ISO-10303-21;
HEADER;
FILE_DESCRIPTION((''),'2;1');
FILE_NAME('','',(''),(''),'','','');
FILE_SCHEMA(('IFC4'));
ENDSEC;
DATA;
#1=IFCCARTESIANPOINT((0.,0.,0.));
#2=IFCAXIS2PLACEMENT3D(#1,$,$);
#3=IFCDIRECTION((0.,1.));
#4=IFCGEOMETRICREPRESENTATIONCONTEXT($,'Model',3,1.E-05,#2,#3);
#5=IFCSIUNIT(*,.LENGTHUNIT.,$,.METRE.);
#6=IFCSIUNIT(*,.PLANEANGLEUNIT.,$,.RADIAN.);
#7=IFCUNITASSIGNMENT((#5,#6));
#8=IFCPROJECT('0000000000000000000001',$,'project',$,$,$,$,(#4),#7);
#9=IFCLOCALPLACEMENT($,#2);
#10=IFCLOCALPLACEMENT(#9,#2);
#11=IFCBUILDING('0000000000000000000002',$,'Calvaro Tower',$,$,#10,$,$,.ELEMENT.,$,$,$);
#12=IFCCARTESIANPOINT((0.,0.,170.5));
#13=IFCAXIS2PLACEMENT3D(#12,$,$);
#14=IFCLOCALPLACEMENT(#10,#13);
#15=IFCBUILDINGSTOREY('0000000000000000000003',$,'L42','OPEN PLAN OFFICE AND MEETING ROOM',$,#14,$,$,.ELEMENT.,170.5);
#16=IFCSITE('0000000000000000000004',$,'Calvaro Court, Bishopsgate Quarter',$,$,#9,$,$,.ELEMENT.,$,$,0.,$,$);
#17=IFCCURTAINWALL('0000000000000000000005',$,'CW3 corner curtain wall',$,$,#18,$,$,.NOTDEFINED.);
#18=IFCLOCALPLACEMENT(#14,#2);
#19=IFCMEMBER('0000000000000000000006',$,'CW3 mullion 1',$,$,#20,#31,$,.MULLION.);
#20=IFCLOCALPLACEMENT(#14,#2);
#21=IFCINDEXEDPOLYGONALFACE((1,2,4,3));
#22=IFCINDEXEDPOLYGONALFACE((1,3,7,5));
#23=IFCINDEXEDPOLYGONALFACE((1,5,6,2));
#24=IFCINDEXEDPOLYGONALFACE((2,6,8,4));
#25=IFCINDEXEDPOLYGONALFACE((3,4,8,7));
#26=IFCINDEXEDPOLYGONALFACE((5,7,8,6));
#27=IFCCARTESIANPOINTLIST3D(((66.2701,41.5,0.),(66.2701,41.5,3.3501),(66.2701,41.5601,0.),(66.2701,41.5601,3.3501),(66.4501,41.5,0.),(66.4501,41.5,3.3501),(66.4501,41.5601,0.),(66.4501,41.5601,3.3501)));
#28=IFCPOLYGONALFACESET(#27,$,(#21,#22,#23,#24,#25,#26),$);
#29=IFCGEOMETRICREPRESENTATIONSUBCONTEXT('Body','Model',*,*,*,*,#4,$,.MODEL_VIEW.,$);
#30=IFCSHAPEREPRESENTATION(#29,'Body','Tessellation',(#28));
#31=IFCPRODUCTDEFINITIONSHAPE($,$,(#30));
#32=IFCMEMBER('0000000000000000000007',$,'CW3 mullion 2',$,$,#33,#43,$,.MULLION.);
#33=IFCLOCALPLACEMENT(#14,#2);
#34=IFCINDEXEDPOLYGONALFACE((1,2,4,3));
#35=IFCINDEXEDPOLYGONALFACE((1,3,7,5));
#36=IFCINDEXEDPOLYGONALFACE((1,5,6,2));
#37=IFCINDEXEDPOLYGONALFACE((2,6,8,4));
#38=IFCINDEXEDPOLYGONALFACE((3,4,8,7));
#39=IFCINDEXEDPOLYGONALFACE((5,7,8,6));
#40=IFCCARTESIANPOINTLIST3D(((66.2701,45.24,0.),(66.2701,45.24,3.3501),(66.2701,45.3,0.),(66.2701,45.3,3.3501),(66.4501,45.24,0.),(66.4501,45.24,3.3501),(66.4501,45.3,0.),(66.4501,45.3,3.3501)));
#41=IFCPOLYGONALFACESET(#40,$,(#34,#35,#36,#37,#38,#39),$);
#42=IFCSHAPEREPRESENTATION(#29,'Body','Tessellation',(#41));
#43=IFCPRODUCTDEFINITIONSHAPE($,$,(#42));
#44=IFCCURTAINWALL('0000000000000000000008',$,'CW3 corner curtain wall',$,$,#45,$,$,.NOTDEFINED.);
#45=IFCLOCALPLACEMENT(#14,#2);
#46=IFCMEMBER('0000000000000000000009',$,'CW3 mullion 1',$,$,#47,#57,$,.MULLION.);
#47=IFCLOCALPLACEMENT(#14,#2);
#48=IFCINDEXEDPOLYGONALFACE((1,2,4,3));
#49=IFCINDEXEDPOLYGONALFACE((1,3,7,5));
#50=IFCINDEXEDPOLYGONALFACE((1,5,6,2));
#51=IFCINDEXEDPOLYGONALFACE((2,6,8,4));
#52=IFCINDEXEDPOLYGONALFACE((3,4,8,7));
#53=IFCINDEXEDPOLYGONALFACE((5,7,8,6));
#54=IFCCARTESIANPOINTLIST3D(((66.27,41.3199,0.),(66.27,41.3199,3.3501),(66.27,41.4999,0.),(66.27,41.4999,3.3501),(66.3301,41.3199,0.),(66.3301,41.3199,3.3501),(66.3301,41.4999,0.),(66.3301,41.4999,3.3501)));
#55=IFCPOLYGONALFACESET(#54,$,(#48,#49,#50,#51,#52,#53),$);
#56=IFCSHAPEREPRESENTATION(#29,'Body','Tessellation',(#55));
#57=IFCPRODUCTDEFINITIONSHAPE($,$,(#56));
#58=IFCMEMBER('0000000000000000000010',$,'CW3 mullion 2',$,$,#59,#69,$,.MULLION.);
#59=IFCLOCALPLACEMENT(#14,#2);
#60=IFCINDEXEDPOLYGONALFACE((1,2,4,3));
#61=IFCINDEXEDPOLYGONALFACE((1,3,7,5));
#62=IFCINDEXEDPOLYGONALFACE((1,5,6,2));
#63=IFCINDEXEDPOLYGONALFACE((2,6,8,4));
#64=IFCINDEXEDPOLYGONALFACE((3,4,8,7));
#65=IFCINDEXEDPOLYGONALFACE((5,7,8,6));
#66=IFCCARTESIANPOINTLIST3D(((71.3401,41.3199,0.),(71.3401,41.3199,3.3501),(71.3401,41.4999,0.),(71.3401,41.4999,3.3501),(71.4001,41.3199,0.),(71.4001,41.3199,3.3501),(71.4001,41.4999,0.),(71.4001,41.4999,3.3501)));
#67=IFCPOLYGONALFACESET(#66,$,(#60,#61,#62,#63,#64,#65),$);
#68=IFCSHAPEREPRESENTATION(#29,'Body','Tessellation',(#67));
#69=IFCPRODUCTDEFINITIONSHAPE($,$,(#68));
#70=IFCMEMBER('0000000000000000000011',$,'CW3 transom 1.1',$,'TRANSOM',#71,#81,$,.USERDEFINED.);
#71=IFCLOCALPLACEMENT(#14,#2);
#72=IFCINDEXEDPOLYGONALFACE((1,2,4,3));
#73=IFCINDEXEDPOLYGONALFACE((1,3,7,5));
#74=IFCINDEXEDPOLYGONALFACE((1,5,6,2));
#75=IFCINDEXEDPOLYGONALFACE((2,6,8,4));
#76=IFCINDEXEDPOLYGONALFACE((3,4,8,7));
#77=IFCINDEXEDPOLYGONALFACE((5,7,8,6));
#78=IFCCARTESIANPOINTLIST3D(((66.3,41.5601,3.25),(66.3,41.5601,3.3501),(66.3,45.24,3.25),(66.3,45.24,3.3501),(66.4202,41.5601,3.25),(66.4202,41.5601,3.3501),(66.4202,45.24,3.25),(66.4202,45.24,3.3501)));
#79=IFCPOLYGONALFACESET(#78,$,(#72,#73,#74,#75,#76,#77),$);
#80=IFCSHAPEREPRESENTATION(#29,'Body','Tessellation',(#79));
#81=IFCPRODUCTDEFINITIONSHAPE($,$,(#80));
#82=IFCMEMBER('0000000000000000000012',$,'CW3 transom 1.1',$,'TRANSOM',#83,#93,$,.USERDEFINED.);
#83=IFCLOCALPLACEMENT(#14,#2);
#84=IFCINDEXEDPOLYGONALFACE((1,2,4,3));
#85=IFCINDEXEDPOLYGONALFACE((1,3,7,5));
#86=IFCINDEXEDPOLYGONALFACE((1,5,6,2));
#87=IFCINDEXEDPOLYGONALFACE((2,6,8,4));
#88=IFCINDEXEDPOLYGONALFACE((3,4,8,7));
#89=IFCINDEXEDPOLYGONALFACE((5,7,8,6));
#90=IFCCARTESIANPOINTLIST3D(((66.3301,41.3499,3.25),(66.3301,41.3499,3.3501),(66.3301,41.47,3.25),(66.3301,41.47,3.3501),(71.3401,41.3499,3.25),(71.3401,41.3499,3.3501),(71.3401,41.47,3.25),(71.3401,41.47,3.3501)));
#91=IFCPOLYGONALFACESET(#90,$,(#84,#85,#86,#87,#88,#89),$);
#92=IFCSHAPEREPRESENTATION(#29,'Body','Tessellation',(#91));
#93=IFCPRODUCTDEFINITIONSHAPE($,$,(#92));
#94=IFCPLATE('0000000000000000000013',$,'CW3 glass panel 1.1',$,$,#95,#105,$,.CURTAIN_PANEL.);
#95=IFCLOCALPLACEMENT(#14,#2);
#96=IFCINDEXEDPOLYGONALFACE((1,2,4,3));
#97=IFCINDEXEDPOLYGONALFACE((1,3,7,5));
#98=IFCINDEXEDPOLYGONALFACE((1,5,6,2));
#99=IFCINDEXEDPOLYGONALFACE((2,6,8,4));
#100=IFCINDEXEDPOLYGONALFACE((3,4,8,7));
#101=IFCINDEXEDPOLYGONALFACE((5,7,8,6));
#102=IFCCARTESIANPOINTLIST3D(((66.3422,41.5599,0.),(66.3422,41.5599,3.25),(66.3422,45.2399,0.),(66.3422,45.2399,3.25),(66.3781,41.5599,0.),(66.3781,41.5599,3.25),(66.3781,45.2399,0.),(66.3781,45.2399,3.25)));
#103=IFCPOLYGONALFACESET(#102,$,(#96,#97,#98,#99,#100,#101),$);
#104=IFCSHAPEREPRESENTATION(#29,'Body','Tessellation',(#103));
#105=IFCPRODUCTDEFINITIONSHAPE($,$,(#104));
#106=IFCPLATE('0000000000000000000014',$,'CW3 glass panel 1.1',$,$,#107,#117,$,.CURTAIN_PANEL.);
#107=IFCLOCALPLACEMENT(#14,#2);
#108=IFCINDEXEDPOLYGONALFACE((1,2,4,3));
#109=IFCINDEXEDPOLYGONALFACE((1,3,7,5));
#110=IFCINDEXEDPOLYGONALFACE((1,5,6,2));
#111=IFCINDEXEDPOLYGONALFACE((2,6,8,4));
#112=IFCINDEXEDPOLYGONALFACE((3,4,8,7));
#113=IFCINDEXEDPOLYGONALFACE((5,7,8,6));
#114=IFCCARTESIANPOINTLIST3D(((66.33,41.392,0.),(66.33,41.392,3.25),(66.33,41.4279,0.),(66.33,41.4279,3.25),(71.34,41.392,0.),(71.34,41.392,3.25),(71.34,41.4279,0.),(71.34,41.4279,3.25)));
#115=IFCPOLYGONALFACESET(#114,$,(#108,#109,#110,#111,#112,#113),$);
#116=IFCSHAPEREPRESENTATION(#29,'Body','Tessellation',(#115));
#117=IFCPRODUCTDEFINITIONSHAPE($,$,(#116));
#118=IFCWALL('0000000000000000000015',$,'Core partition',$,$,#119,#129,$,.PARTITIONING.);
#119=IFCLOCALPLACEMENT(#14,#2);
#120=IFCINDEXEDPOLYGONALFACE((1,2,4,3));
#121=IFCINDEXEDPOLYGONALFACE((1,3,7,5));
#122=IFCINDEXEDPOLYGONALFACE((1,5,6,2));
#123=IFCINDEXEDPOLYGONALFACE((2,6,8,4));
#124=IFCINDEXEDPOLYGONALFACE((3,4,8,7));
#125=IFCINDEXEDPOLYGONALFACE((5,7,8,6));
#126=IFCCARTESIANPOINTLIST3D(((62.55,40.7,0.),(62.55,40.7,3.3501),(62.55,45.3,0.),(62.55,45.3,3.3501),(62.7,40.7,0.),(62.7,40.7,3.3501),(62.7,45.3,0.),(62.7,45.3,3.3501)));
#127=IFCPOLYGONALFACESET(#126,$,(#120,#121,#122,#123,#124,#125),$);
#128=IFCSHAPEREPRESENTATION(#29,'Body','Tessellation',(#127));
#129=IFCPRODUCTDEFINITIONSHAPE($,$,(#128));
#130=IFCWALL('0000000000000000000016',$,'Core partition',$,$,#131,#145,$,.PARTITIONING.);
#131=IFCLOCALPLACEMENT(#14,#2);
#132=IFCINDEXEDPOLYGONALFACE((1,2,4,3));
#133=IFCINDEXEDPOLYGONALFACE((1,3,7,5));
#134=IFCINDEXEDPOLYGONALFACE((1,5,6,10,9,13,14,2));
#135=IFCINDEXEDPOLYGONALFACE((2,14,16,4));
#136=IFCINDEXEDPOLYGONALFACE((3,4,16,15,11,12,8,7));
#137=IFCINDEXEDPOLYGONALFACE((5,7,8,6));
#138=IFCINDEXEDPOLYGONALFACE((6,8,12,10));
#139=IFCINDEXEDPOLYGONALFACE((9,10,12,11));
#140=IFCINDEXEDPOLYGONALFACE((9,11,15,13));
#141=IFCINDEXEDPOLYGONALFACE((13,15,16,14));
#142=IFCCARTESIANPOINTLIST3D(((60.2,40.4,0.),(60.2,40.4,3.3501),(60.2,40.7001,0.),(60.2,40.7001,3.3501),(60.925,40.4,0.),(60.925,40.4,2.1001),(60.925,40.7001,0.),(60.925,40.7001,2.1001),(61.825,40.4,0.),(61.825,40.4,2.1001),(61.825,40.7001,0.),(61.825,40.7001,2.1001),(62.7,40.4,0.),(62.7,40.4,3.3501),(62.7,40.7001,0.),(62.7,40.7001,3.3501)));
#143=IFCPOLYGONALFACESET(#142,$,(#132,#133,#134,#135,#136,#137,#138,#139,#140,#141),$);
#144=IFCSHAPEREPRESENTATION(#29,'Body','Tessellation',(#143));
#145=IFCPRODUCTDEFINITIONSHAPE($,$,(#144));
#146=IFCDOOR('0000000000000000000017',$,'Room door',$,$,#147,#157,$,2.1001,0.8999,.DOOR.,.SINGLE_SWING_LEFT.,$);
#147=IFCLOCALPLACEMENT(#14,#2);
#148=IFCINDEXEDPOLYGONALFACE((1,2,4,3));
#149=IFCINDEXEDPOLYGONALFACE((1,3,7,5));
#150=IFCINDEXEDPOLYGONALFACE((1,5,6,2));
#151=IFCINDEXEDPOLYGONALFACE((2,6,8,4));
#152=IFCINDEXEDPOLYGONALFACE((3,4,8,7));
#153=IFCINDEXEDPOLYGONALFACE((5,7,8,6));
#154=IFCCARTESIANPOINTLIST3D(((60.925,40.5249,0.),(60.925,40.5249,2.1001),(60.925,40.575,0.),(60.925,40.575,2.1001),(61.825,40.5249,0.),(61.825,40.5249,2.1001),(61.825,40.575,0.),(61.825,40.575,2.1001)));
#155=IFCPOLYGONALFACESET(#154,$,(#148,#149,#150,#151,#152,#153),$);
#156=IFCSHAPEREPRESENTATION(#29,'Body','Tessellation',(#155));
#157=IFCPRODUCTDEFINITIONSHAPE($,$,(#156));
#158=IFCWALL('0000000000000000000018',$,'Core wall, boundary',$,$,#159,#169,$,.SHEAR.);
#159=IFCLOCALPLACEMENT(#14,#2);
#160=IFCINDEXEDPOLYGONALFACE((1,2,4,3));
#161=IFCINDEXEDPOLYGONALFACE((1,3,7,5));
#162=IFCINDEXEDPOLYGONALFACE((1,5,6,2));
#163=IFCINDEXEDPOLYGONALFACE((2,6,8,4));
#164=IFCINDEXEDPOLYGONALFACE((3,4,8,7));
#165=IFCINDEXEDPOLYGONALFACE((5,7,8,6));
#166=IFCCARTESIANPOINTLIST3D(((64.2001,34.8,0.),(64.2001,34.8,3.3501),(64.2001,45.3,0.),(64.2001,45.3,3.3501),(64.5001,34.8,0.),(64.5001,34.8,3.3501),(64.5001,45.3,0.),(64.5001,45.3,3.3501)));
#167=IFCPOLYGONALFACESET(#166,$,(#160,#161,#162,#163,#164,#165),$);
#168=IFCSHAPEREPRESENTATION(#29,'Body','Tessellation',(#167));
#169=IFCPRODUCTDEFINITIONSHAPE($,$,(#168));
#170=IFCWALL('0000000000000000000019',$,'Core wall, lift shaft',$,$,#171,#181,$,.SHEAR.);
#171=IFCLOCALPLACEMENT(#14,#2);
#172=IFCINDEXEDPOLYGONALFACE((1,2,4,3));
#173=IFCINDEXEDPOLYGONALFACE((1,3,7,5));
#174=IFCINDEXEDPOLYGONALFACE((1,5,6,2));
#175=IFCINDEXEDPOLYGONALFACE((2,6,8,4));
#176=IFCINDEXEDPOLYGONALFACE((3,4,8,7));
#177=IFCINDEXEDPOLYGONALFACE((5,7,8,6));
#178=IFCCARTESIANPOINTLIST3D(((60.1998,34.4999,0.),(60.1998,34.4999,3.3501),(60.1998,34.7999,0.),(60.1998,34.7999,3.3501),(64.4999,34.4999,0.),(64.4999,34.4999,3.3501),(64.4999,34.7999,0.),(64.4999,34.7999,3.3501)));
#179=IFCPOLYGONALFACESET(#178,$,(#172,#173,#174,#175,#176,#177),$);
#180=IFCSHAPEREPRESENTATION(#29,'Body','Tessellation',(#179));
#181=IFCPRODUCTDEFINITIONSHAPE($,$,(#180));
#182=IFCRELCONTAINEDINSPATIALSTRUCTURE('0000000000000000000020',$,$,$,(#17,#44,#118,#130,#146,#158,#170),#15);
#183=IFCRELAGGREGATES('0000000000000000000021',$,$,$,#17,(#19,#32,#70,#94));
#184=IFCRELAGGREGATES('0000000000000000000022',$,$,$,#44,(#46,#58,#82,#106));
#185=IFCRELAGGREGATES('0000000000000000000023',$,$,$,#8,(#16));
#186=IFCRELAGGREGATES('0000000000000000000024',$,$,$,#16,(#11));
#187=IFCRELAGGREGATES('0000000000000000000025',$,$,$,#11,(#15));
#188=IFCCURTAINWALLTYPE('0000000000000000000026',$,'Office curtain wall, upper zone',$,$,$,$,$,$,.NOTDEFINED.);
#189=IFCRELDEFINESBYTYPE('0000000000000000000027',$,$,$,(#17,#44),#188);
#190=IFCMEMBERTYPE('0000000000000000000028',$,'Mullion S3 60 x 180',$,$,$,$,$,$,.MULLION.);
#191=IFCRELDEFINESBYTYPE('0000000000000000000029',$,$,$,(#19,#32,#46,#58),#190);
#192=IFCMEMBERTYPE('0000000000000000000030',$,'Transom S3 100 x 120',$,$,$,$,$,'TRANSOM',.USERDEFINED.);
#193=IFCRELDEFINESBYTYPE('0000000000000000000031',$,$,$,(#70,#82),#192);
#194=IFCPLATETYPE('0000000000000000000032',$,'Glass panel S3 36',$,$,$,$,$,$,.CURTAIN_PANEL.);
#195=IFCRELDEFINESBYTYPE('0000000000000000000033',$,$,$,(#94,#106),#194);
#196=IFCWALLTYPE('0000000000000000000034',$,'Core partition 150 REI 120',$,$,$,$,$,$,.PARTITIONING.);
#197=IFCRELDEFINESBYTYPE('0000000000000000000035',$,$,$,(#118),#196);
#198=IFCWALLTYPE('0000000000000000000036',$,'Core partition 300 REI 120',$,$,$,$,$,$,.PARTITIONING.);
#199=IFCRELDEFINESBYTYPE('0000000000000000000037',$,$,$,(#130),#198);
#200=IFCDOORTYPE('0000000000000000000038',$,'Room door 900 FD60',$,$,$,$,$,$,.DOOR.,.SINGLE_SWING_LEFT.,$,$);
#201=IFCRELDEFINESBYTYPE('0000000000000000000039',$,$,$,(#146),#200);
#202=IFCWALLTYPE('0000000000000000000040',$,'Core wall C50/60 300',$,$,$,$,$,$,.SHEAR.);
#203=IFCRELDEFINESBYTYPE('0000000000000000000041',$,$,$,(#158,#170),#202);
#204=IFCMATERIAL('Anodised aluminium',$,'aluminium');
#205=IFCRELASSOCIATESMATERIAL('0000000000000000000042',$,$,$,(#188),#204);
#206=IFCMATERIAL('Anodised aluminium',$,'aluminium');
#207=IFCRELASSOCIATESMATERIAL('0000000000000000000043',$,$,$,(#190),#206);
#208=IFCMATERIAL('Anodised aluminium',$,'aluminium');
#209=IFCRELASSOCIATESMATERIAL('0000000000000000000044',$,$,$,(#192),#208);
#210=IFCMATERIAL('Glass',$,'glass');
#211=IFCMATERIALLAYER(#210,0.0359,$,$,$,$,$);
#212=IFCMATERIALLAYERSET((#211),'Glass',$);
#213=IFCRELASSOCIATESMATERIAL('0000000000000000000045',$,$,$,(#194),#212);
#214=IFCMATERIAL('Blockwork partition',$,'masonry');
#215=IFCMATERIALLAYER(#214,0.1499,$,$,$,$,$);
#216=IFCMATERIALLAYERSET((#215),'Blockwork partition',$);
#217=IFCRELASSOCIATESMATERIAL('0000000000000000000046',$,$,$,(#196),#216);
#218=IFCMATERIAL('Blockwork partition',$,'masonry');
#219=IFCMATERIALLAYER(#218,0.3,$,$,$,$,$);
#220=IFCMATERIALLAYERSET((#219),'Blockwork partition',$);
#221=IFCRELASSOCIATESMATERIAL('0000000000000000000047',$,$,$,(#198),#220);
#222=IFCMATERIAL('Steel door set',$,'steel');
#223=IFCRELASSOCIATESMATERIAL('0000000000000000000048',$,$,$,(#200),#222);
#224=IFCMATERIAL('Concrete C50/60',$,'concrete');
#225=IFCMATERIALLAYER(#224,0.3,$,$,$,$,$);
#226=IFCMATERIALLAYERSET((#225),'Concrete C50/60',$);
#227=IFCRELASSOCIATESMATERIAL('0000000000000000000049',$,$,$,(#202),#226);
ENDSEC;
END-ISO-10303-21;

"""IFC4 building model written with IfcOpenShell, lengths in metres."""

from ifc_helpers import new_model, si_unit, direction, frame, frame_2d, origin, origin_2d, place, context, subcontext, project, spatial, rectangle, extrude, material, layer, layer_set, material_profile, profile_set, type_object, element, fill, aggregate, save


model = new_model("IFC4")

# Units and contexts
model_context = context("Model", 3, precision=1e-05, world=origin(), true_north=direction((0.0, 1.0)))
body_context = subcontext(model_context, "Body", "Model", "MODEL_VIEW")
ifc_project = project(units=[si_unit("LENGTHUNIT", "METRE"), si_unit("PLANEANGLEUNIT", "RADIAN")], contexts=[model_context])

# Site, building, storey
site_placement = place(None, origin())
site = spatial("IfcSite", under=ifc_project, at=site_placement, Name="Calvaro Court, Bishopsgate Quarter", CompositionType="ELEMENT", RefElevation=0.0)
building_placement = place(site_placement, origin())
building = spatial("IfcBuilding", under=site, at=building_placement, Name="Calvaro Tower", CompositionType="ELEMENT")
storey_placement = place(building_placement, frame((0.0, 0.0, 170.5)))
storey = spatial("IfcBuildingStorey", under=building, at=storey_placement, Name="L42", Description="OPEN PLAN OFFICE AND MEETING ROOM", CompositionType="ELEMENT", Elevation=170.5)

# Curtain walls, members
ifc_material_1 = material(Name="Anodised aluminium", Category="aluminium")
curtain_wall_type = type_object("IfcCurtainWallType", Name="Office curtain wall, upper zone", PredefinedType="NOTDEFINED", material=ifc_material_1)
curtain_wall_1_placement = place(storey_placement, origin())
curtain_wall_1 = element("IfcCurtainWall", 1, at=curtain_wall_1_placement, inside=storey, type_object=curtain_wall_type, Name="CW3 corner curtain wall", PredefinedType="NOTDEFINED")
ifc_material_2 = material(Name="Anodised aluminium", Category="aluminium")
ifc_material_profile_1 = material_profile(ifc_material_2, rectangle(XDim=0.1799, YDim=0.0601, at=origin_2d()), Name="Mullion S3 60 x 180")
ifc_profile_set_1 = profile_set([ifc_material_profile_1], Name="Anodised aluminium")
member_type_1 = type_object("IfcMemberType", Name="Mullion S3 60 x 180", PredefinedType="MULLION", material=ifc_profile_set_1)
member_1_placement = place(storey_placement, frame((66.3601, 41.53, 0.0), z_axis=(0.0, 0.0, 1.0), x_axis=(-1.0, 0.0, 0.0)))
member_1 = element("IfcMember", 2, at=member_1_placement, type_object=member_type_1, Name="CW3 mullion 1", PredefinedType="MULLION", context=body_context, shape_type="SweptSolid", body=[
    extrude(rectangle(XDim=0.1799, YDim=0.0601, at=origin_2d()), origin(), (0.0, 0.0, 1.0), 3.3501),
])
member_2_placement = place(storey_placement, frame((66.3601, 45.27, 0.0), z_axis=(0.0, 0.0, 1.0), x_axis=(-1.0, 0.0, 0.0)))
member_2 = element("IfcMember", 3, at=member_2_placement, type_object=member_type_1, Name="CW3 mullion 2", PredefinedType="MULLION", context=body_context, shape_type="SweptSolid", body=[
    extrude(rectangle(XDim=0.1799, YDim=0.0601, at=origin_2d()), origin(), (0.0, 0.0, 1.0), 3.3501),
])
curtain_wall_2_placement = place(storey_placement, origin())
curtain_wall_2 = element("IfcCurtainWall", 4, at=curtain_wall_2_placement, inside=storey, type_object=curtain_wall_type, Name="CW3 corner curtain wall", PredefinedType="NOTDEFINED")
member_3_placement = place(storey_placement, frame((66.3, 41.4099, 0.0), z_axis=(0.0, 0.0, 1.0), x_axis=(0.0, 1.0, 0.0)))
member_3 = element("IfcMember", 5, at=member_3_placement, type_object=member_type_1, Name="CW3 mullion 1", PredefinedType="MULLION", context=body_context, shape_type="SweptSolid", body=[
    extrude(rectangle(XDim=0.1799, YDim=0.0601, at=origin_2d()), origin(), (0.0, 0.0, 1.0), 3.3501),
])
member_4_placement = place(storey_placement, frame((71.3701, 41.4099, 0.0), z_axis=(0.0, 0.0, 1.0), x_axis=(0.0, 1.0, 0.0)))
member_4 = element("IfcMember", 6, at=member_4_placement, type_object=member_type_1, Name="CW3 mullion 2", PredefinedType="MULLION", context=body_context, shape_type="SweptSolid", body=[
    extrude(rectangle(XDim=0.1799, YDim=0.0601, at=origin_2d()), origin(), (0.0, 0.0, 1.0), 3.3501),
])

# Members
ifc_material_3 = material(Name="Anodised aluminium", Category="aluminium")
ifc_material_profile_2 = material_profile(ifc_material_3, rectangle(XDim=0.1201, YDim=0.1001, at=origin_2d()), Name="Transom S3 100 x 120")
ifc_profile_set_2 = profile_set([ifc_material_profile_2], Name="Anodised aluminium")
member_type_2 = type_object("IfcMemberType", Name="Transom S3 100 x 120", ElementType="TRANSOM", PredefinedType="USERDEFINED", material=ifc_profile_set_2)
member_5_placement = place(storey_placement, frame((66.3601, 41.5601, 3.3), z_axis=(0.0, 1.0, 0.0), x_axis=(-1.0, 0.0, 0.0)))
member_5 = element("IfcMember", 7, at=member_5_placement, type_object=member_type_2, Name="CW3 transom 1.1", ObjectType="TRANSOM", PredefinedType="USERDEFINED", context=body_context, shape_type="SweptSolid", body=[
    extrude(rectangle(XDim=0.1201, YDim=0.1001, at=origin_2d()), origin(), (0.0, 0.0, 1.0), 3.6799),
])
member_6_placement = place(storey_placement, frame((66.3301, 41.4099, 3.3), z_axis=(1.0, 0.0, 0.0), x_axis=(0.0, 1.0, 0.0)))
member_6 = element("IfcMember", 8, at=member_6_placement, type_object=member_type_2, Name="CW3 transom 1.1", ObjectType="TRANSOM", PredefinedType="USERDEFINED", context=body_context, shape_type="SweptSolid", body=[
    extrude(rectangle(XDim=0.1201, YDim=0.1001, at=origin_2d()), origin(), (0.0, 0.0, 1.0), 5.01),
])

# Plates
ifc_material_4 = material(Name="Glass", Category="glass")
ifc_layer_1 = layer(ifc_material_4, 0.0359)
ifc_layer_set_1 = layer_set([ifc_layer_1], Name="Glass")
plate_type = type_object("IfcPlateType", Name="Glass panel S3 36", PredefinedType="CURTAIN_PANEL", material=ifc_layer_set_1)
plate_1_placement = place(storey_placement, frame((66.3601, 43.3999, 0.0), z_axis=(0.0, 0.0, 1.0), x_axis=(0.0, 1.0, 0.0)))
plate_1 = element("IfcPlate", 9, at=plate_1_placement, type_object=plate_type, Name="CW3 glass panel 1.1", PredefinedType="CURTAIN_PANEL", context=body_context, shape_type="SweptSolid", body=[
    extrude(rectangle(XDim=3.6799, YDim=0.0359, at=origin_2d()), origin(), (0.0, 0.0, 1.0), 3.25),
])
aggregate(curtain_wall_1, [member_1, member_2, member_5, plate_1])
plate_2_placement = place(storey_placement, frame((68.835, 41.4099, 0.0), z_axis=(0.0, 0.0, 1.0), x_axis=(1.0, 0.0, 0.0)))
plate_2 = element("IfcPlate", 10, at=plate_2_placement, type_object=plate_type, Name="CW3 glass panel 1.1", PredefinedType="CURTAIN_PANEL", context=body_context, shape_type="SweptSolid", body=[
    extrude(rectangle(XDim=5.01, YDim=0.0359, at=origin_2d()), origin(), (0.0, 0.0, 1.0), 3.25),
])
aggregate(curtain_wall_2, [member_3, member_4, member_6, plate_2])

# Wall
ifc_material_5 = material(Name="Blockwork partition", Category="masonry")
ifc_layer_2 = layer(ifc_material_5, 0.1499)
ifc_layer_set_2 = layer_set([ifc_layer_2], Name="Blockwork partition")
wall_type_1 = type_object("IfcWallType", Name="Core partition 150 REI 120", PredefinedType="PARTITIONING", material=ifc_layer_set_2)
wall_1_placement = place(storey_placement, frame((62.625, 40.7, 0.0), z_axis=(0.0, 0.0, 1.0), x_axis=(0.0, 1.0, 0.0)))
element("IfcWall", 11, at=wall_1_placement, inside=storey, type_object=wall_type_1, Name="Core partition", PredefinedType="PARTITIONING", context=body_context, shape_type="SweptSolid", body=[
    extrude(rectangle(XDim=4.6001, YDim=0.1499, at=frame_2d((2.3, 0.0))), origin(), (0.0, 0.0, 1.0), 3.3501),
])

# Wall, opening, door
ifc_material_6 = material(Name="Blockwork partition", Category="masonry")
ifc_layer_3 = layer(ifc_material_6, 0.3)
ifc_layer_set_3 = layer_set([ifc_layer_3], Name="Blockwork partition")
wall_type_2 = type_object("IfcWallType", Name="Core partition 300 REI 120", PredefinedType="PARTITIONING", material=ifc_layer_set_3)
wall_2_placement = place(storey_placement, frame((60.2, 40.55, 0.0), z_axis=(0.0, 0.0, 1.0), x_axis=(1.0, 0.0, 0.0)))
wall_2 = element("IfcWall", 12, at=wall_2_placement, inside=storey, type_object=wall_type_2, Name="Core partition", PredefinedType="PARTITIONING", context=body_context, shape_type="SweptSolid", body=[
    extrude(rectangle(XDim=2.5, YDim=0.3, at=frame_2d((1.25, 0.0))), origin(), (0.0, 0.0, 1.0), 3.3501),
])
opening_1_placement = place(wall_2_placement, frame((0.7251, 0.0, 0.0)))
opening_1 = element("IfcOpeningElement", 13, at=opening_1_placement, cuts=wall_2, PredefinedType="OPENING", context=body_context, shape_type="SweptSolid", body=[
    extrude(rectangle(XDim=0.8999, YDim=2.1001, at=frame_2d((0.45, 1.05))), frame((0.0, 0.1599, 0.0), z_axis=(0.0, -1.0, 0.0), x_axis=(1.0, 0.0, 0.0)), (0.0, 0.0, 1.0), 0.3201),
])
ifc_material_7 = material(Name="Steel door set", Category="steel")
door_type_1 = type_object("IfcDoorType", Name="Room door 900 FD60", OperationType="SINGLE_SWING_LEFT", PredefinedType="DOOR", material=ifc_material_7)
door_1_placement = place(opening_1_placement, origin())
door_1 = element("IfcDoor", 14, at=door_1_placement, inside=storey, type_object=door_type_1, Name="Room door", OperationType="SINGLE_SWING_LEFT", OverallHeight=2.1001, OverallWidth=0.8999, PredefinedType="DOOR", context=body_context, shape_type="SweptSolid", body=[
    extrude(rectangle(XDim=0.8999, YDim=2.1001, at=frame_2d((0.45, 1.05))), frame((0.0, 0.0249, 0.0), z_axis=(0.0, -1.0, 0.0), x_axis=(1.0, 0.0, 0.0)), (0.0, 0.0, 1.0), 0.05),
])
fill(opening_1, door_1)

# Walls
ifc_material_8 = material(Name="Concrete C50/60", Category="concrete")
ifc_layer_4 = layer(ifc_material_8, 0.3)
ifc_layer_set_4 = layer_set([ifc_layer_4], Name="Concrete C50/60")
wall_type_3 = type_object("IfcWallType", Name="Core wall C50/60 300", PredefinedType="SHEAR", material=ifc_layer_set_4)
wall_3_placement = place(storey_placement, frame((64.3501, 34.8, 0.0), z_axis=(0.0, 0.0, 1.0), x_axis=(0.0, 1.0, 0.0)))
element("IfcWall", 15, at=wall_3_placement, inside=storey, type_object=wall_type_3, Name="Core wall, boundary", PredefinedType="SHEAR", context=body_context, shape_type="SweptSolid", body=[
    extrude(rectangle(XDim=10.5, YDim=0.3, at=frame_2d((5.25, 0.0))), origin(), (0.0, 0.0, 1.0), 3.3501),
])
wall_4_placement = place(storey_placement, frame((60.2, 34.6499, 0.0), z_axis=(0.0, 0.0, 1.0), x_axis=(1.0, 0.0, 0.0)))
element("IfcWall", 16, at=wall_4_placement, inside=storey, type_object=wall_type_3, Name="Core wall, lift shaft", PredefinedType="SHEAR", context=body_context, shape_type="SweptSolid", body=[
    extrude(rectangle(XDim=4.3, YDim=0.3, at=frame_2d((2.1499, 0.0))), origin(), (0.0, 0.0, 1.0), 3.3501),
])

save(model, "model.ifc")
